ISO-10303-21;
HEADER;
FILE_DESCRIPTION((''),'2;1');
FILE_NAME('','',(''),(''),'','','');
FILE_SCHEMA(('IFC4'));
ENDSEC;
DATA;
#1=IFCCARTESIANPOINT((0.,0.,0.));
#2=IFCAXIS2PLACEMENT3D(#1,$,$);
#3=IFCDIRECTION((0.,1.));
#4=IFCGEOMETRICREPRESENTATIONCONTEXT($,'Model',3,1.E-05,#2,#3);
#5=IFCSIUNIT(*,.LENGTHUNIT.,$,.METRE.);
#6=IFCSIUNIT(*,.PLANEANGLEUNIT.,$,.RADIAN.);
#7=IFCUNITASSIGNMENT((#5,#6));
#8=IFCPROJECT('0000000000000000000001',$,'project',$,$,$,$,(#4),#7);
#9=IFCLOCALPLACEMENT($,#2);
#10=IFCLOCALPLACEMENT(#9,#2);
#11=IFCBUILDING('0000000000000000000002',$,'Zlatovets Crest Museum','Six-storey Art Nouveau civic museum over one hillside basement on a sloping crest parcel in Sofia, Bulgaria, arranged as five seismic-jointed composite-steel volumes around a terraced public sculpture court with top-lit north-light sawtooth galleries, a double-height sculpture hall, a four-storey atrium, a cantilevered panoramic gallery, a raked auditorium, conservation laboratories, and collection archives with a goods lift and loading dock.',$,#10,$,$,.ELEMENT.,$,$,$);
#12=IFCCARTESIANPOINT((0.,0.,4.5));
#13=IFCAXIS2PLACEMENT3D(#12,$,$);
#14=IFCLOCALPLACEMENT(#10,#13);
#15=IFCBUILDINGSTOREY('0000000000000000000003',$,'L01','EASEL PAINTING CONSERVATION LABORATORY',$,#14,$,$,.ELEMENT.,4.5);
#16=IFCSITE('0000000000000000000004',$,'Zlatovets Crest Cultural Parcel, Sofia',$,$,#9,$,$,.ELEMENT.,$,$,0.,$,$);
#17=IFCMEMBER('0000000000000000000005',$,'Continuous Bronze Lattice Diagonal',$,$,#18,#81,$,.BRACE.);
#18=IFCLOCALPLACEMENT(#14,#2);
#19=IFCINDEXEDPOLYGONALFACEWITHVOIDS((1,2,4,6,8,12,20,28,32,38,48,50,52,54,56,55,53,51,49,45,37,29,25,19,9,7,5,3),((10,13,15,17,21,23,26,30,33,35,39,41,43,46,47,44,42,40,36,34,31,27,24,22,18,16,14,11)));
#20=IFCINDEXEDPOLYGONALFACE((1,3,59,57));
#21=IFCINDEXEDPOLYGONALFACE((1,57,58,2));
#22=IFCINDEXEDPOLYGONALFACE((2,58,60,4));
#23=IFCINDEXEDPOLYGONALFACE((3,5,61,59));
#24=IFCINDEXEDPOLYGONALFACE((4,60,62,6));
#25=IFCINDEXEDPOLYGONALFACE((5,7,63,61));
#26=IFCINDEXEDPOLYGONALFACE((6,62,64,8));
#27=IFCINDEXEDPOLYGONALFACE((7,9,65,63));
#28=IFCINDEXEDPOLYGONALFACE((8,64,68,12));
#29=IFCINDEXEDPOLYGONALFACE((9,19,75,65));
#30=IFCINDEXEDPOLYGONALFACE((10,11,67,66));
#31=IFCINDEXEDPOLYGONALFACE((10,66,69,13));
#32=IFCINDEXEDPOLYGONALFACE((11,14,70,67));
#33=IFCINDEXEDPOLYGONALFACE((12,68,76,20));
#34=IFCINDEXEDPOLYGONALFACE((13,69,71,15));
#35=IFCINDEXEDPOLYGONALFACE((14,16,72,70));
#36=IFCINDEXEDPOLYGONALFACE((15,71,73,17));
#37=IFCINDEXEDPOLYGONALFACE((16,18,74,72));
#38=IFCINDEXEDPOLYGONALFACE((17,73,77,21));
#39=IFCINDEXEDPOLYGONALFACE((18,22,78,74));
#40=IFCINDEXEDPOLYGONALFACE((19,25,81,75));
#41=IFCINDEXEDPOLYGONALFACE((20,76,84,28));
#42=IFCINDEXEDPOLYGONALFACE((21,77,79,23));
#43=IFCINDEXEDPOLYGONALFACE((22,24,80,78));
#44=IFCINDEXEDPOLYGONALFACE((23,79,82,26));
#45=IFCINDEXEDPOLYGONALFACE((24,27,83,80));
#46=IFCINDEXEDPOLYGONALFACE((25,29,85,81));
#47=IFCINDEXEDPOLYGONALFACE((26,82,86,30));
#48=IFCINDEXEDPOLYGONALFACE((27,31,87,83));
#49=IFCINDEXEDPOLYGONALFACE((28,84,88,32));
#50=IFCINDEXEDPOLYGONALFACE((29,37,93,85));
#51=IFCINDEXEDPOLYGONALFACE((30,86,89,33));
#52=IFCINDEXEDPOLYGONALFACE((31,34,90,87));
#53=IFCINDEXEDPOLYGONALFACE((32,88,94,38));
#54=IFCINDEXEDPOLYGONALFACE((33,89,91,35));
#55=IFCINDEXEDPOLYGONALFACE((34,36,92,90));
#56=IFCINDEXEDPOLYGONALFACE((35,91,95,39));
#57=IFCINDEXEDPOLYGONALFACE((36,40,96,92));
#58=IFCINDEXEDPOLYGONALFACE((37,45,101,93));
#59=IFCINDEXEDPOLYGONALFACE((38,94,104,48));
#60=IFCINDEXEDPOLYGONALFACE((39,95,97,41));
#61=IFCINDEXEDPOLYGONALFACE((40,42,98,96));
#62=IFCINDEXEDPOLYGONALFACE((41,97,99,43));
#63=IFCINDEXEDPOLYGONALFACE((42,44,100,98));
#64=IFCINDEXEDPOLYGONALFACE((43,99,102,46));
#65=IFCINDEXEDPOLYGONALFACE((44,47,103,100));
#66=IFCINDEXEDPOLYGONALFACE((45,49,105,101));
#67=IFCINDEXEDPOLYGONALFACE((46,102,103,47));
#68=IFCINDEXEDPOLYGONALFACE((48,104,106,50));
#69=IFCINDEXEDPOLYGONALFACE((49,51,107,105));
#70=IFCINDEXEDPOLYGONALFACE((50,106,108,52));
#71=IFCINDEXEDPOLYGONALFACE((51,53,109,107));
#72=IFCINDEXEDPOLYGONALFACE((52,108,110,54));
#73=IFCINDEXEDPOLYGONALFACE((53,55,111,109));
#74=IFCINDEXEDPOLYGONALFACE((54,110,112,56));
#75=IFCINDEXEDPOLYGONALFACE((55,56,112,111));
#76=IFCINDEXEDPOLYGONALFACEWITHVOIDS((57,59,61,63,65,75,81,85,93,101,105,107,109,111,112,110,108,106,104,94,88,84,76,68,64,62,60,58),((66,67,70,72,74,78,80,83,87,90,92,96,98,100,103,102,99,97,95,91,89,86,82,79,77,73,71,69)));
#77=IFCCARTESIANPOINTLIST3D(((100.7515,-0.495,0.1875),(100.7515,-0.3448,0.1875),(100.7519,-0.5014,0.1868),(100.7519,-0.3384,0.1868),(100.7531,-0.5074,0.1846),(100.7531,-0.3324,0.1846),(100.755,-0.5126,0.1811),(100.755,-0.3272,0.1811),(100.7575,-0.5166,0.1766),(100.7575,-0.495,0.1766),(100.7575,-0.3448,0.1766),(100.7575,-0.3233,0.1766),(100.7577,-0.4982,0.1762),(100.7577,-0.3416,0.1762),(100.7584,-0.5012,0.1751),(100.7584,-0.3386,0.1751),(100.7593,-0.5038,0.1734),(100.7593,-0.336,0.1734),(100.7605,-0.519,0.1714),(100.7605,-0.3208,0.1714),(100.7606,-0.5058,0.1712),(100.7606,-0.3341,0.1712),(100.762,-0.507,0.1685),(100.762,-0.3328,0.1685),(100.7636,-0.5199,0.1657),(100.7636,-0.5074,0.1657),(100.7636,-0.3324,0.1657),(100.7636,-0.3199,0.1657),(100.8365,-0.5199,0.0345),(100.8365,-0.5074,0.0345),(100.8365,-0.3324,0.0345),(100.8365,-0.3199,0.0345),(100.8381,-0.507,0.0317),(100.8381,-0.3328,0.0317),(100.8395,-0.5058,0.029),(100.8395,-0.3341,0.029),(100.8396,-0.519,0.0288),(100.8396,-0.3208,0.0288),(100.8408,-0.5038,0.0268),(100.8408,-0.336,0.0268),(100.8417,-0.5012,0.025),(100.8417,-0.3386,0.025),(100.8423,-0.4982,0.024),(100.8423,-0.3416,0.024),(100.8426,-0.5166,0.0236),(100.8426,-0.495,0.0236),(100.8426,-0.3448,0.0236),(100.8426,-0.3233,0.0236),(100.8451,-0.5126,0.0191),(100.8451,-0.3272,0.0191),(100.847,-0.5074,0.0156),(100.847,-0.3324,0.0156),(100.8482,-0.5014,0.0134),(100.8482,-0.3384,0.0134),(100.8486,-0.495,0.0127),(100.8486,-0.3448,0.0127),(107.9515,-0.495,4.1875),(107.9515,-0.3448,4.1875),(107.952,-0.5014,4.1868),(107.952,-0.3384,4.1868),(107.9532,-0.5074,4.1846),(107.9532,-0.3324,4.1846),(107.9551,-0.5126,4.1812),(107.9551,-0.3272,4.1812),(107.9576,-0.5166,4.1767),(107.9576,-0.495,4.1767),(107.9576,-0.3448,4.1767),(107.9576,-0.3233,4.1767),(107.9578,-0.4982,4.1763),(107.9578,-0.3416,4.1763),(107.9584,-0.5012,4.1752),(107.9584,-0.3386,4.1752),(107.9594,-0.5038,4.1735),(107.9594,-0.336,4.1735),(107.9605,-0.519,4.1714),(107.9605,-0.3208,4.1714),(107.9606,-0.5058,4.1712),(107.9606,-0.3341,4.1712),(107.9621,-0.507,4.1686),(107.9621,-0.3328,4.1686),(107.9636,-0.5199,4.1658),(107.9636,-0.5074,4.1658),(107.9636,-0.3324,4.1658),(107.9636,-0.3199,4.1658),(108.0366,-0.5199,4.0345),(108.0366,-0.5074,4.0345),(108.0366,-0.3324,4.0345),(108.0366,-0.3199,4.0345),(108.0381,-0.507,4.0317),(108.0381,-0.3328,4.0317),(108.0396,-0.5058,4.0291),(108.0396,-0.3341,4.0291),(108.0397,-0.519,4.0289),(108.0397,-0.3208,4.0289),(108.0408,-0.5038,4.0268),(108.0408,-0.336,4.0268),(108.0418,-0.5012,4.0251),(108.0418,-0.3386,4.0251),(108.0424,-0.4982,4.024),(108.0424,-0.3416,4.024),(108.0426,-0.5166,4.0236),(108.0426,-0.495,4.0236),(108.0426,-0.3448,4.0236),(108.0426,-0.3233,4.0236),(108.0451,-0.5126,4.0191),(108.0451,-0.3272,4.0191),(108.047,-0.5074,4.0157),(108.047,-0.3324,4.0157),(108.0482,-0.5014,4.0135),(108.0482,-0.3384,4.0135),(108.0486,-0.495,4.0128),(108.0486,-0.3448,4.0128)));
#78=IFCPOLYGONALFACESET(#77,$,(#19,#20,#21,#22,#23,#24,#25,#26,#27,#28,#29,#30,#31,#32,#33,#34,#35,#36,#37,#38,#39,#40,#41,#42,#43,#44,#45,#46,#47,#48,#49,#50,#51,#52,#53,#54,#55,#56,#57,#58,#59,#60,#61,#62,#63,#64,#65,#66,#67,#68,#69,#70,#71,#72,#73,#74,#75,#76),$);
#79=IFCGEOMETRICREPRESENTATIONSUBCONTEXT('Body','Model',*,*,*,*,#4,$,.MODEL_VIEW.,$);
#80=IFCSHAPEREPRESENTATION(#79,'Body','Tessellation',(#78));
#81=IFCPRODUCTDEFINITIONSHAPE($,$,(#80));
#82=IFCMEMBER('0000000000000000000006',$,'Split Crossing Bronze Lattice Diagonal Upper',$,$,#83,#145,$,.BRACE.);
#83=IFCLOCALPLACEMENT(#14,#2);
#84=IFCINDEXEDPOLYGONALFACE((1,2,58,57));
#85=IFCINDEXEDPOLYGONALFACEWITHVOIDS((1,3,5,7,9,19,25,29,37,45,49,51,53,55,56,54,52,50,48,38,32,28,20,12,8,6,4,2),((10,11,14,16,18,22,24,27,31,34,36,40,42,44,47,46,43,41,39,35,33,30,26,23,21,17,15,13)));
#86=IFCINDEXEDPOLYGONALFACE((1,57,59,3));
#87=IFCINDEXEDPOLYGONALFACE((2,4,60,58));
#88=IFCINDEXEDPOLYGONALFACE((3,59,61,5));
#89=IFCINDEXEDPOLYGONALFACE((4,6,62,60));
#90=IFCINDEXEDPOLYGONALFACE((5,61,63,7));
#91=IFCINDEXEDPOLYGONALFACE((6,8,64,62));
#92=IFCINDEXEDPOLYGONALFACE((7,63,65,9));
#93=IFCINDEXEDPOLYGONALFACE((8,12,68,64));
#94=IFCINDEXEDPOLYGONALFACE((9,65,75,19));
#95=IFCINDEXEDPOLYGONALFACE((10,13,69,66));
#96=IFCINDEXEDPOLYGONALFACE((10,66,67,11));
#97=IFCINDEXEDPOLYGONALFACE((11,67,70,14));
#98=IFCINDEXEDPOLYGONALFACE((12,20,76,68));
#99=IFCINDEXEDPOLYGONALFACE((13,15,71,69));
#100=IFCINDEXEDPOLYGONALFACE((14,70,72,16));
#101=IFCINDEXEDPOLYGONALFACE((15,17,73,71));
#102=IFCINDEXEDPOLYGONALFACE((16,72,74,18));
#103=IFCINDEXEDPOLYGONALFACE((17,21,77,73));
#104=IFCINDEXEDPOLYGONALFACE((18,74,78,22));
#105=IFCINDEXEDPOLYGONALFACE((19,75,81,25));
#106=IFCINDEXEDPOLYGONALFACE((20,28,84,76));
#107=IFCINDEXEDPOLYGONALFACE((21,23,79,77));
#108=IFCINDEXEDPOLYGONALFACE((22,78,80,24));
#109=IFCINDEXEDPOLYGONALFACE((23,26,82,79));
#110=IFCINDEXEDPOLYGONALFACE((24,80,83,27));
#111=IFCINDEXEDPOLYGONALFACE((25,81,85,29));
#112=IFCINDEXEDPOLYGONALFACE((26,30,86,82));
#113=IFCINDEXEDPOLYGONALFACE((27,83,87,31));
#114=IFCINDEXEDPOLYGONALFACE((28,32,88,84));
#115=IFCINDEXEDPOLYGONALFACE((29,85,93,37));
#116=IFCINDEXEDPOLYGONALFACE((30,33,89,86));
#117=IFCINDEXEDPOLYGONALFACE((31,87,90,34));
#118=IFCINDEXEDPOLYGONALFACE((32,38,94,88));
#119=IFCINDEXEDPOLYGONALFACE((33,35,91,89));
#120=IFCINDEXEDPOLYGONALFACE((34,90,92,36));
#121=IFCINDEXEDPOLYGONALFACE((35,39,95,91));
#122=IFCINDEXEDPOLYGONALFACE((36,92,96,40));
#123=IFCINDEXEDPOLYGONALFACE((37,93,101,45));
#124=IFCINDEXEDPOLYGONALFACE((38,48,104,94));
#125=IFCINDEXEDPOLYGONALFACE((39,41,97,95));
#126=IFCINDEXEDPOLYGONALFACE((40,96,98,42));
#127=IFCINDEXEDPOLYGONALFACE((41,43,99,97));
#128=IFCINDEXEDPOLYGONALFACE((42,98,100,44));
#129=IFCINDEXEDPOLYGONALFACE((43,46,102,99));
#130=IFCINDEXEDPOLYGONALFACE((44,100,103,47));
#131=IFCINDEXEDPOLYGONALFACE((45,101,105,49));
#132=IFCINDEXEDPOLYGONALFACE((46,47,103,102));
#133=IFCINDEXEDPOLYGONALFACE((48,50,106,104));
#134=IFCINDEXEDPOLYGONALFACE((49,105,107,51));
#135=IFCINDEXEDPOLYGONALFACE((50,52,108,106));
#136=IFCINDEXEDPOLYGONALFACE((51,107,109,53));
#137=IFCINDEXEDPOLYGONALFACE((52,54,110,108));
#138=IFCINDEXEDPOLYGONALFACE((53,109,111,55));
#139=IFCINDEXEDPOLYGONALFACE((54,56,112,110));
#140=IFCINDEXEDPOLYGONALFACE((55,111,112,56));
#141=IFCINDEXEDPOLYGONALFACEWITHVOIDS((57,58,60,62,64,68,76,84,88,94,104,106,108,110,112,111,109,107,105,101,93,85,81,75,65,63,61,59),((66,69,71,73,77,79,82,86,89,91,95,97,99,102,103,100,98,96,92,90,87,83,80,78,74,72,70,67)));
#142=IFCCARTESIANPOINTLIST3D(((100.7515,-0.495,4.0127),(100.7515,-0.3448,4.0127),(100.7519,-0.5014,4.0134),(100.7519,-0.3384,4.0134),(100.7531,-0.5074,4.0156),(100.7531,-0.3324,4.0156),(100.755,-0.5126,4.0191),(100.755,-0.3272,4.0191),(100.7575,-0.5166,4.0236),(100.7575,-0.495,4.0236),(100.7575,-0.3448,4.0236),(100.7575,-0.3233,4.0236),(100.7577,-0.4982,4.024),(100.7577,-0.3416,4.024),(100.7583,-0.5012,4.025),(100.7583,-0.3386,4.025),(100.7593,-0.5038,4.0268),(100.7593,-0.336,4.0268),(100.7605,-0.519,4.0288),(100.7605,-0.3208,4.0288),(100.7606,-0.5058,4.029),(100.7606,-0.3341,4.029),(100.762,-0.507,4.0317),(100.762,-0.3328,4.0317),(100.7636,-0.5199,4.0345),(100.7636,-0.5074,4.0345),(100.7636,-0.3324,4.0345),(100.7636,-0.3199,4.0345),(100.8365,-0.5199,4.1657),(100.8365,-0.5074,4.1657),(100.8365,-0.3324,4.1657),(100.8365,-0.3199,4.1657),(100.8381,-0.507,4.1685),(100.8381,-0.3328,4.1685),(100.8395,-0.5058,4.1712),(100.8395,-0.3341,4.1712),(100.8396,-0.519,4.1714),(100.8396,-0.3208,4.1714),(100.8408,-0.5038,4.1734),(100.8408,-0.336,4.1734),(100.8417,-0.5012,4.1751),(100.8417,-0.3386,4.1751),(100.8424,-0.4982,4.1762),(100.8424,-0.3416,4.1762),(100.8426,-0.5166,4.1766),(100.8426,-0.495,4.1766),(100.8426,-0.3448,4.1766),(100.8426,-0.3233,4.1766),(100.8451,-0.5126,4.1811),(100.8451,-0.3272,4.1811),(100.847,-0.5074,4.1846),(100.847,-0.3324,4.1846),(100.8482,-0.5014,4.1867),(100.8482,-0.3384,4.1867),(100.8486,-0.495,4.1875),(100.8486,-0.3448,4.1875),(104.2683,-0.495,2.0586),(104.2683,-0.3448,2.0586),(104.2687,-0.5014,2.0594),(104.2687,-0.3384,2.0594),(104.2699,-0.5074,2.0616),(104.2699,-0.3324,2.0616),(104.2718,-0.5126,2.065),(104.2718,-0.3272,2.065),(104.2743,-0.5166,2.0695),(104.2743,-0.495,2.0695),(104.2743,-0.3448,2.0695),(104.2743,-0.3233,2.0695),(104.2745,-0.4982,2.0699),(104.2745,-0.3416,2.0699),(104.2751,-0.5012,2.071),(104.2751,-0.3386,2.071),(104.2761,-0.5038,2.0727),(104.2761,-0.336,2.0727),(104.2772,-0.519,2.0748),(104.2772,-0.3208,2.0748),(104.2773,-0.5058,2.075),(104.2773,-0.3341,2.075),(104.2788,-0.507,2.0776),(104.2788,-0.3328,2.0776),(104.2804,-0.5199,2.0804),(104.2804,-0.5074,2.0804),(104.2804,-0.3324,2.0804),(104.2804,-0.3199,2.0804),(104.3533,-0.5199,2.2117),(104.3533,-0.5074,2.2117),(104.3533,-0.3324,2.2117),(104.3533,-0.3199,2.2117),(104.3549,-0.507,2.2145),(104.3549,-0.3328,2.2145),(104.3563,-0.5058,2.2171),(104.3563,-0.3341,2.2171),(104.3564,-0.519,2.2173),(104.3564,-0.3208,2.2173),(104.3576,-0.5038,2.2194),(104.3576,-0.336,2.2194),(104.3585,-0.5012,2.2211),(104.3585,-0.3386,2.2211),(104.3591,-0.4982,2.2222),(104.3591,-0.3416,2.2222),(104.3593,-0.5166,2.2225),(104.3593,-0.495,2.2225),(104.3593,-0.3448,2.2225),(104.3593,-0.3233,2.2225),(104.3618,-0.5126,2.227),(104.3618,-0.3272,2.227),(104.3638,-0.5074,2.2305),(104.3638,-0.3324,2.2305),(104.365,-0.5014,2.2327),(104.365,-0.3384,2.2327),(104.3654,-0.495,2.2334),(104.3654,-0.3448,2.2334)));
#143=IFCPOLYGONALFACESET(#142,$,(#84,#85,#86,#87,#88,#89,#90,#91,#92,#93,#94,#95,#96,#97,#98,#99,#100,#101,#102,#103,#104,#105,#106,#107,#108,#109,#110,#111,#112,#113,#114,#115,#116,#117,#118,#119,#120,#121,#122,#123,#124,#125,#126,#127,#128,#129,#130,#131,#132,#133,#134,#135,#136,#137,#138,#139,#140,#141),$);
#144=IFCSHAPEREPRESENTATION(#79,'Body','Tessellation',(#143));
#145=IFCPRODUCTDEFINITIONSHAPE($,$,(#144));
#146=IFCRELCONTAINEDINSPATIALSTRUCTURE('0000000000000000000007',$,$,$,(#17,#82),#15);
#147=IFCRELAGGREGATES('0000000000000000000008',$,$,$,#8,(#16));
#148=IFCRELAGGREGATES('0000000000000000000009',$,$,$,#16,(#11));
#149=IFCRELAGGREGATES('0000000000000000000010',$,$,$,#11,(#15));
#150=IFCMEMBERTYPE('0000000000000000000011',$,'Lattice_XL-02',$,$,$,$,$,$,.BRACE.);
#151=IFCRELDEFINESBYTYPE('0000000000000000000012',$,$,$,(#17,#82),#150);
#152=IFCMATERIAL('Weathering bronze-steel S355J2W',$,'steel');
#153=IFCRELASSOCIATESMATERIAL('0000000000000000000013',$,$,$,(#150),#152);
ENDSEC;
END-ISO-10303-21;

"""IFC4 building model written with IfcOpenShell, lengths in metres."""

from ifc_helpers import new_model, si_unit, direction, frame, origin, origin_2d, place, context, subcontext, project, spatial, hollow_rectangle, extrude, material, material_profile, profile_set, type_object, element, save


model = new_model("IFC4")

# Units and contexts
model_context = context("Model", 3, precision=1e-05, world=origin(), true_north=direction((0.0, 1.0)))
body_context = subcontext(model_context, "Body", "Model", "MODEL_VIEW")
ifc_project = project(units=[si_unit("LENGTHUNIT", "METRE"), si_unit("PLANEANGLEUNIT", "RADIAN")], contexts=[model_context])

# Site, building, storey
site_placement = place(None, origin())
site = spatial("IfcSite", under=ifc_project, at=site_placement, Name="Zlatovets Crest Cultural Parcel, Sofia", CompositionType="ELEMENT", RefElevation=0.0)
building_placement = place(site_placement, origin())
building = spatial("IfcBuilding", under=site, at=building_placement, Name="Zlatovets Crest Museum", Description="Six-storey Art Nouveau civic museum over one hillside basement on a sloping crest parcel in Sofia, Bulgaria, arranged as five seismic-jointed composite-steel volumes around a terraced public sculpture court with top-lit north-light sawtooth galleries, a double-height sculpture hall, a four-storey atrium, a cantilevered panoramic gallery, a raked auditorium, conservation laboratories, and collection archives with a goods lift and loading dock.", CompositionType="ELEMENT")
storey_placement = place(building_placement, frame((0.0, 0.0, 4.5)))
storey = spatial("IfcBuildingStorey", under=building, at=storey_placement, Name="L01", Description="EASEL PAINTING CONSERVATION LABORATORY", CompositionType="ELEMENT", Elevation=4.5)

# Members
ifc_material_1 = material(Name="Weathering bronze-steel S355J2W", Category="steel")
ifc_material_profile_1 = material_profile(ifc_material_1, hollow_rectangle(XDim=0.2, YDim=0.2, WallThickness=0.0125, InnerFilletRadius=0.0125, OuterFilletRadius=0.0249, at=origin_2d()), Name="SHS 200x200x12.5")
ifc_profile_set_1 = profile_set([ifc_material_profile_1], Name="Weathering bronze-steel S355J2W")
member_type_1 = type_object("IfcMemberType", Name="Lattice_XL-02", PredefinedType="BRACE", material=ifc_profile_set_1)
member_1_placement = place(storey_placement, frame((100.8, -0.4199, 0.1001), z_axis=(0.874156, 0.0, 0.485645), x_axis=(0.0, 1.0, 0.0)))
element("IfcMember", 1, at=member_1_placement, inside=storey, type_object=member_type_1, Name="Continuous Bronze Lattice Diagonal", PredefinedType="BRACE", context=body_context, shape_type="SweptSolid", body=[
    extrude(hollow_rectangle(XDim=0.2, YDim=0.2, WallThickness=0.0125, InnerFilletRadius=0.0125, OuterFilletRadius=0.0249, at=origin_2d()), origin(), (0.0, 0.0, 1.0), 8.2366),
])
member_2_placement = place(storey_placement, frame((100.8, -0.4199, 4.1001), z_axis=(0.874126, 0.0, -0.4857), x_axis=(0.0, 1.0, 0.0)))
element("IfcMember", 2, at=member_2_placement, inside=storey, type_object=member_type_1, Name="Split Crossing Bronze Lattice Diagonal Upper", PredefinedType="BRACE", context=body_context, shape_type="SweptSolid", body=[
    extrude(hollow_rectangle(XDim=0.2, YDim=0.2, WallThickness=0.0125, InnerFilletRadius=0.0125, OuterFilletRadius=0.0249, at=origin_2d()), origin(), (0.0, 0.0, 1.0), 4.0232),
])

save(model, "model.ifc")
